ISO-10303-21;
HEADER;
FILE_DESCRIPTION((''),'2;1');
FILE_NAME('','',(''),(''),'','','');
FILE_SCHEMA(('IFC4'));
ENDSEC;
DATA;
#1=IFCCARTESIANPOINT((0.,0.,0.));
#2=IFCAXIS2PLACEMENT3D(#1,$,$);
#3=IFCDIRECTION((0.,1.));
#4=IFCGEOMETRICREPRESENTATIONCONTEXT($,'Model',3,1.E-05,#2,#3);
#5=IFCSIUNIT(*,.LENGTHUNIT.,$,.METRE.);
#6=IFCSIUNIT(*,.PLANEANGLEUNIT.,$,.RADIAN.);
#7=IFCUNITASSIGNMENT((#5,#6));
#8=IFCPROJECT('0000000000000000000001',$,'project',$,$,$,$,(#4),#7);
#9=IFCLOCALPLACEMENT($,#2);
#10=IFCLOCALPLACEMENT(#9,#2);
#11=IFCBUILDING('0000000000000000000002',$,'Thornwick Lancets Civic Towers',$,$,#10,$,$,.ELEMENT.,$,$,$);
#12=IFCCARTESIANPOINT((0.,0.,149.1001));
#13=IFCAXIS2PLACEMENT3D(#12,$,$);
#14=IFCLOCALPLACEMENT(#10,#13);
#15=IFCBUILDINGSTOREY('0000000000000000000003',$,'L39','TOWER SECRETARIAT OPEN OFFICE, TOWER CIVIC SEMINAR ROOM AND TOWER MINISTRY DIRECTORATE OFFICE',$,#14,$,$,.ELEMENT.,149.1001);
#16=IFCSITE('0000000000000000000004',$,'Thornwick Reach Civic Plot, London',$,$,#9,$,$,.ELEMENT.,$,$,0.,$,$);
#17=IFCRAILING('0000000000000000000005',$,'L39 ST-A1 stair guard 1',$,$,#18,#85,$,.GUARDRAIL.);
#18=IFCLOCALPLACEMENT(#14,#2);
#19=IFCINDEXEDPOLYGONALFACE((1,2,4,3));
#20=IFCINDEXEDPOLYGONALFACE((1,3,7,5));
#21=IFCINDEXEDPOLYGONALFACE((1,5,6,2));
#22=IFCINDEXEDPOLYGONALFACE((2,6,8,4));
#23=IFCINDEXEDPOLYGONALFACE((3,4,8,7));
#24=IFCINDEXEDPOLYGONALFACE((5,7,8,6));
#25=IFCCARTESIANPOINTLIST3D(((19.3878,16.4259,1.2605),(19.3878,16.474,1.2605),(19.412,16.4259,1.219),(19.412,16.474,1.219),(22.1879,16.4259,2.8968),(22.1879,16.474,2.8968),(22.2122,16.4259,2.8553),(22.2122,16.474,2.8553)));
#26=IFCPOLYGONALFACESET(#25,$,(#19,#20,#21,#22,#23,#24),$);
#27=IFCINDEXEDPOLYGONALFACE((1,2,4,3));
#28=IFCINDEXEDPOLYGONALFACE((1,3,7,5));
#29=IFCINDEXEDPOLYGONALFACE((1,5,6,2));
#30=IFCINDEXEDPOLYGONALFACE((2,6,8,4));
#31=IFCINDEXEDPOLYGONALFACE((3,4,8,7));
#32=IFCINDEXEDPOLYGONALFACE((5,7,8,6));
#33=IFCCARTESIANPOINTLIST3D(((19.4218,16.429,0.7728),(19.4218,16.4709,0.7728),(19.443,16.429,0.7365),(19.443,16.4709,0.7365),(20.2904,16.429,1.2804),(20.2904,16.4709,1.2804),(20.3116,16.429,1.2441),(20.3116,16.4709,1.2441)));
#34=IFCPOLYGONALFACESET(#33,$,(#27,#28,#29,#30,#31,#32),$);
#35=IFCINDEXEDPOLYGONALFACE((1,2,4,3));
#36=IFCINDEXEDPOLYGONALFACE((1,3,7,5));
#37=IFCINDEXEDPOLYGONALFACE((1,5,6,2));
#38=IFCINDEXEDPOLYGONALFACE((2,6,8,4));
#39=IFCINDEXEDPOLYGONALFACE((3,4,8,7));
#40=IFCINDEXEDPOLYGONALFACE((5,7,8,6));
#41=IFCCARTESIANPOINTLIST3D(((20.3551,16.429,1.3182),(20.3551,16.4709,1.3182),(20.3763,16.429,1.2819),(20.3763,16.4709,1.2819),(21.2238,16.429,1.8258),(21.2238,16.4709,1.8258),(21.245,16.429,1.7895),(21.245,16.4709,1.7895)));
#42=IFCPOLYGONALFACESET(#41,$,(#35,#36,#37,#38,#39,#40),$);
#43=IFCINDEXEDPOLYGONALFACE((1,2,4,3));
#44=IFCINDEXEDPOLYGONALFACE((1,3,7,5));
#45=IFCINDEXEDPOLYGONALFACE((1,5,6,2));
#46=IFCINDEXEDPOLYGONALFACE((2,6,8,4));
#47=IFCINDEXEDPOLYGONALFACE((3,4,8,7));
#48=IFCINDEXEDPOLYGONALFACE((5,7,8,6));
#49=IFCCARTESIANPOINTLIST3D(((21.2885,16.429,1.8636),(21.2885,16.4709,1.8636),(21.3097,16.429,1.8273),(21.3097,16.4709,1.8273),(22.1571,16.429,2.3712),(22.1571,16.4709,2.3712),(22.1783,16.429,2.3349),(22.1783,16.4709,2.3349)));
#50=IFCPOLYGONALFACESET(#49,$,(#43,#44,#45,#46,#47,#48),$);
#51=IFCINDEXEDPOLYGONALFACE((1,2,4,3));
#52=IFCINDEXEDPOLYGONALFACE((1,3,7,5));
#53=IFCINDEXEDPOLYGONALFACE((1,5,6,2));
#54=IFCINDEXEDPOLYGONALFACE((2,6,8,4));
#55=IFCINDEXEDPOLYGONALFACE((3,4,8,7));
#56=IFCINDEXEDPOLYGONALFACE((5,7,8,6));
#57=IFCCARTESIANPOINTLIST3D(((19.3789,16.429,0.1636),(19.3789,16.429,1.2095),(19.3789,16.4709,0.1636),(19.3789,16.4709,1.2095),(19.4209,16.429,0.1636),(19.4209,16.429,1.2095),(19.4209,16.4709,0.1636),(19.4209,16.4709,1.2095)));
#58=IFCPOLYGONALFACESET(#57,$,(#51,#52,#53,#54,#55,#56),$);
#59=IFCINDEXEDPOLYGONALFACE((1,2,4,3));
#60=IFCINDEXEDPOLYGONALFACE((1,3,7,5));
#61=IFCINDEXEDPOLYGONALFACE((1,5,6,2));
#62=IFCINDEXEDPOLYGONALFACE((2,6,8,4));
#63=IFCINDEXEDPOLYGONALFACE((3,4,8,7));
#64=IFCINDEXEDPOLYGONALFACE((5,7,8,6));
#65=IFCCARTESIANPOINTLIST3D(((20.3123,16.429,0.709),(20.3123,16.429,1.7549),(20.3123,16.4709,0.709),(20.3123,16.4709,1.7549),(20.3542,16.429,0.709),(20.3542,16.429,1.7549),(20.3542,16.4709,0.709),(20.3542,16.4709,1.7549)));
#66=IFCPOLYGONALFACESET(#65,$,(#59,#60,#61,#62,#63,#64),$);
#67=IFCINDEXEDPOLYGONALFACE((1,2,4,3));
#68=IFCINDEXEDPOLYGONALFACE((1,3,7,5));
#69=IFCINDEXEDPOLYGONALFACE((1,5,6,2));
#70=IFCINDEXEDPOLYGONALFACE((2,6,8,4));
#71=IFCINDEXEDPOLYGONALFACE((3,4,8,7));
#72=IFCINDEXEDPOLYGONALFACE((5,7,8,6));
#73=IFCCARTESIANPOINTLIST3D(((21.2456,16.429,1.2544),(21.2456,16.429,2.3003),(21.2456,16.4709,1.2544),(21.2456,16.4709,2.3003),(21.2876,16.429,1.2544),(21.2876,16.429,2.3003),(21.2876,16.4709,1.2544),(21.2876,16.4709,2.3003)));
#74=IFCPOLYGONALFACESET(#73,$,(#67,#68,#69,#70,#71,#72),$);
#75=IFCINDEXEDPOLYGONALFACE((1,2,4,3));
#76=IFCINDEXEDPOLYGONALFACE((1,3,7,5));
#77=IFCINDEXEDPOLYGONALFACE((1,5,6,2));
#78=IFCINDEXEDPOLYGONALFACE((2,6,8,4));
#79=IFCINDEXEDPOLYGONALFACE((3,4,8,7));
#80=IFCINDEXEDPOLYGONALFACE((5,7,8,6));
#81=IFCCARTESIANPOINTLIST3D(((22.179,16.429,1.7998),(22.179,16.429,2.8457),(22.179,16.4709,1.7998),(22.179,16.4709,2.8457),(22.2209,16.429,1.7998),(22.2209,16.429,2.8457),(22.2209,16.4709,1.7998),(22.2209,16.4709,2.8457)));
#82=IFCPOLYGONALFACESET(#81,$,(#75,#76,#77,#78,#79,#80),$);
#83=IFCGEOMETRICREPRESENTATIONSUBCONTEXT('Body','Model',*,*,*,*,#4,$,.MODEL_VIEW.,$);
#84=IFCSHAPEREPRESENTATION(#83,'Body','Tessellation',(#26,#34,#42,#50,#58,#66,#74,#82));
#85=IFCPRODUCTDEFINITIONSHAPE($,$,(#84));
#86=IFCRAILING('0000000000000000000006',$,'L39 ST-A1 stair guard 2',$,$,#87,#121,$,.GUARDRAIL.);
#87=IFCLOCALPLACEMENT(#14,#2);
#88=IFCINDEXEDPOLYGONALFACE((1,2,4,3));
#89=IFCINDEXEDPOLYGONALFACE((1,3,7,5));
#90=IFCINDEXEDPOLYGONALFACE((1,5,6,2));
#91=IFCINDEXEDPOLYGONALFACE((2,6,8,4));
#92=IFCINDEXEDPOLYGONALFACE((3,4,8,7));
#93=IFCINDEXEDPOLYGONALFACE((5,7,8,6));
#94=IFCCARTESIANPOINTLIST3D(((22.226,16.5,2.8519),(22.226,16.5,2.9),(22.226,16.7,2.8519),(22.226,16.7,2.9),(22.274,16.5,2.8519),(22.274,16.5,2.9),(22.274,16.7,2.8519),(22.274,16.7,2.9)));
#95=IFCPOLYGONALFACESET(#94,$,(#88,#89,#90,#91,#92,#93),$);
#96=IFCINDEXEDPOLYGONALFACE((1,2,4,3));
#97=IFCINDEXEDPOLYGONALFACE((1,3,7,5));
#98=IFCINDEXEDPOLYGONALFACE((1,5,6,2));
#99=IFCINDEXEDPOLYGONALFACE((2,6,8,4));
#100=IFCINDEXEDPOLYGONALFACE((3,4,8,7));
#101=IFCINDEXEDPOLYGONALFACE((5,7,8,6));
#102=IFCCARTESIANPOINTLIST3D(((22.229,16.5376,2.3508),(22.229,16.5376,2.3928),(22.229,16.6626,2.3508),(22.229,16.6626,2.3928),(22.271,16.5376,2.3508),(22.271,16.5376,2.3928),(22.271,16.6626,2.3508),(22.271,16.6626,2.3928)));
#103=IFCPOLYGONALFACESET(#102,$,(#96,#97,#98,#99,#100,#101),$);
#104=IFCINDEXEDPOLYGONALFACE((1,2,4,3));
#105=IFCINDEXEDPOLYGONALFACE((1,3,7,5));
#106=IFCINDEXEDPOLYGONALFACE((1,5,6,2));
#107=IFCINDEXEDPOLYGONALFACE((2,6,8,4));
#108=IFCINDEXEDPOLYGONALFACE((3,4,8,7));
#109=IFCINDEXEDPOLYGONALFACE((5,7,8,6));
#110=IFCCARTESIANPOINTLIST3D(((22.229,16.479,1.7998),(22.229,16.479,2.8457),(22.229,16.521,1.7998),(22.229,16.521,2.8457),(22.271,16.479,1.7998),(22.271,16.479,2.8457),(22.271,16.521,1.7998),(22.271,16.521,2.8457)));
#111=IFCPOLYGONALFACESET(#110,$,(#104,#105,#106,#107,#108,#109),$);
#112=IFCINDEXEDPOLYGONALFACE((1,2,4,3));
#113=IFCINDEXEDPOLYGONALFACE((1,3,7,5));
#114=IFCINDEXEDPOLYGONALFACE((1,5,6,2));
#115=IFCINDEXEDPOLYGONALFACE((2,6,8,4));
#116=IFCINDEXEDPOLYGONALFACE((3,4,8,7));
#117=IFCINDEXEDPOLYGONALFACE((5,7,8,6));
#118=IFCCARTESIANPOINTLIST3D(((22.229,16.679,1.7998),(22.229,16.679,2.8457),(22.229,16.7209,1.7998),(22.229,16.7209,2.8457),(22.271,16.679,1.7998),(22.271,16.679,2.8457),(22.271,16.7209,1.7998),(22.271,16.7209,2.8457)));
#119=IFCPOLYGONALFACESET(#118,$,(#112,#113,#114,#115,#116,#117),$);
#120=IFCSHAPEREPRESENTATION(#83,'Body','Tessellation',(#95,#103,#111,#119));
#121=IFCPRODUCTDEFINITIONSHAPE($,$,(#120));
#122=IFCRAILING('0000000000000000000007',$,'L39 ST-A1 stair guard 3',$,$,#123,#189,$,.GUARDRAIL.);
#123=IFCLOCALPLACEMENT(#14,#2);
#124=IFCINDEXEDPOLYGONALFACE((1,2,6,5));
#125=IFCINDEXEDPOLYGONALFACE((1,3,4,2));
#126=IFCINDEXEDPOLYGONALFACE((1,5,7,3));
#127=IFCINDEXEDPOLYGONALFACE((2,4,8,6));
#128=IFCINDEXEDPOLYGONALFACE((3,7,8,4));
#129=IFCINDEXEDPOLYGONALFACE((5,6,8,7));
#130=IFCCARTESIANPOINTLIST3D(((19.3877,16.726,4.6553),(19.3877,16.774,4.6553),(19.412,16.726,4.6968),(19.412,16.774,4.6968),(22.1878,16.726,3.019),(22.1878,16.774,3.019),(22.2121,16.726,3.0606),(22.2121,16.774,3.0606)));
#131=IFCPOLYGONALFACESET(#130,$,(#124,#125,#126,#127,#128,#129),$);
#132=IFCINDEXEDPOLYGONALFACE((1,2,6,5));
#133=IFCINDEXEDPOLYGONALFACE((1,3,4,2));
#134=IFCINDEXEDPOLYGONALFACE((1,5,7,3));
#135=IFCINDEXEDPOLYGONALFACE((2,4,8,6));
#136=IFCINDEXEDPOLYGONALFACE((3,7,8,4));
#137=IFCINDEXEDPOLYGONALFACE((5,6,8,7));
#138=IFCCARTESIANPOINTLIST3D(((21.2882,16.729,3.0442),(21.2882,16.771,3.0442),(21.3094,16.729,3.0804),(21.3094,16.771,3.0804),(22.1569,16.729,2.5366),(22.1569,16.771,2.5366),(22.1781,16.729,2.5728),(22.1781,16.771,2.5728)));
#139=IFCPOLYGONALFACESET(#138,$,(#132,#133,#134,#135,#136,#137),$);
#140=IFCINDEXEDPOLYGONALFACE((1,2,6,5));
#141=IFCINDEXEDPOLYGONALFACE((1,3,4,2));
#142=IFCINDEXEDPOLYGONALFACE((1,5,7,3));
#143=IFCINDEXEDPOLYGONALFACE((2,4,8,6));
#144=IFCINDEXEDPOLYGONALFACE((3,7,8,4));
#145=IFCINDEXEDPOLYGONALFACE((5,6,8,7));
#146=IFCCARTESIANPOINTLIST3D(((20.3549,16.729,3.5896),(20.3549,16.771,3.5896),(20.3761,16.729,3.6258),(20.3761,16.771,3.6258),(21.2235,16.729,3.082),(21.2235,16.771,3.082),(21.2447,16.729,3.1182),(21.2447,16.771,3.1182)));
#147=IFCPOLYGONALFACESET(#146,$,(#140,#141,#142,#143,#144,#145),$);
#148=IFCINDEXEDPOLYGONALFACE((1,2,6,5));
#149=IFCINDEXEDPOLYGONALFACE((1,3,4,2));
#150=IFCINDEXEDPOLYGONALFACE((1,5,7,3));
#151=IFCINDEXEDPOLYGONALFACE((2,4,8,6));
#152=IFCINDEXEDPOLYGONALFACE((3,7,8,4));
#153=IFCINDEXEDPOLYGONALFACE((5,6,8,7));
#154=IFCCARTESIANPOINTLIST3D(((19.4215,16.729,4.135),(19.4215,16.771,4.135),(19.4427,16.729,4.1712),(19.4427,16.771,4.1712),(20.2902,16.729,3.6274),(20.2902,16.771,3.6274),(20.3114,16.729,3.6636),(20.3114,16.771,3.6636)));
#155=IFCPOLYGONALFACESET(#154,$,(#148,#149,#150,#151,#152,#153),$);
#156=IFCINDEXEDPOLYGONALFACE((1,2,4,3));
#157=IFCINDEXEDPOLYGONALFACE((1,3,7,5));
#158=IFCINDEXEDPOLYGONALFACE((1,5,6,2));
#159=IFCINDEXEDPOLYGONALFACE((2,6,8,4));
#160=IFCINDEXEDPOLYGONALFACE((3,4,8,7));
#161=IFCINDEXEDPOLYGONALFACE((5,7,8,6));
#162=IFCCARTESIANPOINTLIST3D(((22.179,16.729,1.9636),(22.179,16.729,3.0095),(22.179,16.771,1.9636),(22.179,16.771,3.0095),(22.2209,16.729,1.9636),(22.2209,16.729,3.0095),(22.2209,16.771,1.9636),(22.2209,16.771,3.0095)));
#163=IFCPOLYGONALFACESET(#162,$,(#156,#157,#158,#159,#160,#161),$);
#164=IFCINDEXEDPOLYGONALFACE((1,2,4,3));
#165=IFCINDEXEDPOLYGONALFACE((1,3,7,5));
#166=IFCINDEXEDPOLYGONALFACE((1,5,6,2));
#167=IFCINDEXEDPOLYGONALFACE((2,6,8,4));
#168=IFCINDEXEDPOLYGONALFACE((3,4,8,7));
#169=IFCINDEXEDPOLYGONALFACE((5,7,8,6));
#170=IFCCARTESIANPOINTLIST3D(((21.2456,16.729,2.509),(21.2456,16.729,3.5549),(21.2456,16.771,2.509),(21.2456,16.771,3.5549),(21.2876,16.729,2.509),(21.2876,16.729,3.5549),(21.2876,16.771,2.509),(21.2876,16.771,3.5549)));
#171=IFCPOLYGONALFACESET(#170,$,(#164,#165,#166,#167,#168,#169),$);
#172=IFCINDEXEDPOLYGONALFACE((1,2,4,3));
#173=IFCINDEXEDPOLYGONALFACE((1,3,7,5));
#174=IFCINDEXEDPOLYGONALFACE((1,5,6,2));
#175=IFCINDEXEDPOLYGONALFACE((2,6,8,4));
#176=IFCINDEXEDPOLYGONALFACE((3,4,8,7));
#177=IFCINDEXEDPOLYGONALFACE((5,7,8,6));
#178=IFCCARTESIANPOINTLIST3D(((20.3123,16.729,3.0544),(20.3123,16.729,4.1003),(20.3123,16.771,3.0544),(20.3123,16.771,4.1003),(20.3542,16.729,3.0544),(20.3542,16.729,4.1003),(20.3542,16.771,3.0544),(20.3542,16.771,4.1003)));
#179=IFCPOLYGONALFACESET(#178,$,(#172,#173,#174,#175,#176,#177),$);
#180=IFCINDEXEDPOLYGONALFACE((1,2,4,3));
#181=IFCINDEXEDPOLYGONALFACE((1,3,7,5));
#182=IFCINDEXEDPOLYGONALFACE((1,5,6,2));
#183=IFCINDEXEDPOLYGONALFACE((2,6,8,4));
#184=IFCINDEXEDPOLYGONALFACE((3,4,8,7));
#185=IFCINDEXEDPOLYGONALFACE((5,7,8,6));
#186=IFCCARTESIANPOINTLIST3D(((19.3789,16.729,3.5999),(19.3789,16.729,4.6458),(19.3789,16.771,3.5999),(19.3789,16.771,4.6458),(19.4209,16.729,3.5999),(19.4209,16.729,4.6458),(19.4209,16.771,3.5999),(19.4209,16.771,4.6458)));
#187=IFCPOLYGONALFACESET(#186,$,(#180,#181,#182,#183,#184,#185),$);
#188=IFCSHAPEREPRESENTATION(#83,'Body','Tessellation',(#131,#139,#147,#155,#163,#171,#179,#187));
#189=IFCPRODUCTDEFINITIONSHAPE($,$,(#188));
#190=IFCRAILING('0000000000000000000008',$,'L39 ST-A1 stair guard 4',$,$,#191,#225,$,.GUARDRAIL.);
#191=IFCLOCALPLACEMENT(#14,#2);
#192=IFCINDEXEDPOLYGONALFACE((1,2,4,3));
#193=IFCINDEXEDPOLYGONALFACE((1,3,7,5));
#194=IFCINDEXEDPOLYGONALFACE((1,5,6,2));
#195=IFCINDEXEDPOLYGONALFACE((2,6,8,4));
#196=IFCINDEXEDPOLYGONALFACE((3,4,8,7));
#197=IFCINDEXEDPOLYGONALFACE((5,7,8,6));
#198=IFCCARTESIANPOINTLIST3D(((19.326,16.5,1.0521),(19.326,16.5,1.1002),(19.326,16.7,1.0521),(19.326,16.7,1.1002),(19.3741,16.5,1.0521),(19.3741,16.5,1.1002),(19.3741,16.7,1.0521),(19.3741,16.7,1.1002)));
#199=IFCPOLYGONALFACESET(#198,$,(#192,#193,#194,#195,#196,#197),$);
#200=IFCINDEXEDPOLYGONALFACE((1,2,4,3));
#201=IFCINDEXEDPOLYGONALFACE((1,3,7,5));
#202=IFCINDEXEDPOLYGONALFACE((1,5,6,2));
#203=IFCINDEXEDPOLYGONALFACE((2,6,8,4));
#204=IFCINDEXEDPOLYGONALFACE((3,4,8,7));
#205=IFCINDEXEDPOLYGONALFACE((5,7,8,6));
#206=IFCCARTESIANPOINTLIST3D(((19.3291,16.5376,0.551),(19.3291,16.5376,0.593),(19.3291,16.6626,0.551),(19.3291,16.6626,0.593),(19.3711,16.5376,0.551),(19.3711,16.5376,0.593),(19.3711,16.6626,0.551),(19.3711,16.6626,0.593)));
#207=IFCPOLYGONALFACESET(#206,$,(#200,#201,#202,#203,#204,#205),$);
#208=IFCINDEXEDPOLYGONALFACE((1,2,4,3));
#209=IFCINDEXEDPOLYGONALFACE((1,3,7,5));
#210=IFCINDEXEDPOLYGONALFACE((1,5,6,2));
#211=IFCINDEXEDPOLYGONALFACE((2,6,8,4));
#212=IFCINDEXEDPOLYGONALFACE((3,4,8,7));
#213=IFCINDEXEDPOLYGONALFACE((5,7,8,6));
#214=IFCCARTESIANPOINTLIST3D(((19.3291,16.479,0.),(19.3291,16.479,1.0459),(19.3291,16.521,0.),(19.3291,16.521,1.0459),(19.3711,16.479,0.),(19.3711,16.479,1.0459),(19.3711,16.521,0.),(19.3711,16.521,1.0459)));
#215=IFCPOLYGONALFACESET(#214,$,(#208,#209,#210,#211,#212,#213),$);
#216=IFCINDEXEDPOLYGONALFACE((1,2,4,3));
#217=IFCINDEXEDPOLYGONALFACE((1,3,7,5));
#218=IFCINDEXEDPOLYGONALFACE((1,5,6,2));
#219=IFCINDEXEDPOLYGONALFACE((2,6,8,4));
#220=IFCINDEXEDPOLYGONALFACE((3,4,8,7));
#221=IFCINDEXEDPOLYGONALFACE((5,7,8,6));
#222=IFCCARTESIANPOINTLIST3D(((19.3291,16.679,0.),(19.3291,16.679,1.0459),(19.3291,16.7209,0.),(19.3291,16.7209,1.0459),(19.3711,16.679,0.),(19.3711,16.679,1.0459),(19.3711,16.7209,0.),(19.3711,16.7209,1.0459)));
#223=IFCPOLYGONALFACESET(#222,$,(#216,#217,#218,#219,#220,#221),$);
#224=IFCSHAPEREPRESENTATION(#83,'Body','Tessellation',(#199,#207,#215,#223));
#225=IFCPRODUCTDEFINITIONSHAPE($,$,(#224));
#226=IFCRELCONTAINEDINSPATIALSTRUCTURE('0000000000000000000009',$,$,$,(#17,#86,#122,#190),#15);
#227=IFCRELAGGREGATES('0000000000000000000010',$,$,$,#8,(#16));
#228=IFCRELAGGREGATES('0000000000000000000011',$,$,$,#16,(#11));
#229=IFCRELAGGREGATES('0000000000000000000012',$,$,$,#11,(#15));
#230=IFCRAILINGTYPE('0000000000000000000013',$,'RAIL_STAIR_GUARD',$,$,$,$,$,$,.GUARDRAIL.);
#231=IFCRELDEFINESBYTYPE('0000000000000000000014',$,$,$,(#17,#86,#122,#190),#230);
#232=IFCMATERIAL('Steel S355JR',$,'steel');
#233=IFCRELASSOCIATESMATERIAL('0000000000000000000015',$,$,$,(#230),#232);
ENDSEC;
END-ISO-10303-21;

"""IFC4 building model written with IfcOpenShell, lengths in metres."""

from ifc_helpers import new_model, si_unit, direction, frame, origin, origin_2d, place, context, subcontext, project, spatial, rectangle, extrude, material, type_object, element, save


model = new_model("IFC4")

# Units and contexts
model_context = context("Model", 3, precision=1e-05, world=origin(), true_north=direction((0.0, 1.0)))
body_context = subcontext(model_context, "Body", "Model", "MODEL_VIEW")
ifc_project = project(units=[si_unit("LENGTHUNIT", "METRE"), si_unit("PLANEANGLEUNIT", "RADIAN")], contexts=[model_context])

# Site, building, storey
site_placement = place(None, origin())
site = spatial("IfcSite", under=ifc_project, at=site_placement, Name="Thornwick Reach Civic Plot, London", CompositionType="ELEMENT", RefElevation=0.0)
building_placement = place(site_placement, origin())
building = spatial("IfcBuilding", under=site, at=building_placement, Name="Thornwick Lancets Civic Towers", CompositionType="ELEMENT")
storey_placement = place(building_placement, frame((0.0, 0.0, 149.1001)))
storey = spatial("IfcBuildingStorey", under=building, at=storey_placement, Name="L39", Description="TOWER SECRETARIAT OPEN OFFICE, TOWER CIVIC SEMINAR ROOM AND TOWER MINISTRY DIRECTORATE OFFICE", CompositionType="ELEMENT", Elevation=149.1001)

# Shared definitions
ifc_material_1 = material(Name="Steel S355JR", Category="steel")

# Railings
railing_type_1 = type_object("IfcRailingType", Name="RAIL_STAIR_GUARD", PredefinedType="GUARDRAIL", material=ifc_material_1)
railing_1_placement = place(storey_placement, frame((19.3999, 16.45, 0.1636)))
element("IfcRailing", 1, at=railing_1_placement, inside=storey, type_object=railing_type_1, Name="L39 ST-A1 stair guard 1", PredefinedType="GUARDRAIL", context=body_context, shape_type="SweptSolid", body=[
    extrude(rectangle(XDim=0.0481, YDim=0.0481, at=origin_2d()), frame((0.0, 0.0, 1.0762), z_axis=(0.863394, 0.0, 0.504531), x_axis=(0.0, 1.0, 0.0)), (0.0, 0.0, 1.0), 3.2432),
    extrude(rectangle(XDim=0.042, YDim=0.042, at=origin_2d()), frame((0.0325, 0.0, 0.5911), z_axis=(0.863394, 0.0, 0.504531), x_axis=(0.0, 1.0, 0.0)), (0.0, 0.0, 1.0), 1.0061),
    extrude(rectangle(XDim=0.042, YDim=0.042, at=origin_2d()), frame((0.9658, 0.0, 1.1365), z_axis=(0.863394, 0.0, 0.504531), x_axis=(0.0, 1.0, 0.0)), (0.0, 0.0, 1.0), 1.0061),
    extrude(rectangle(XDim=0.042, YDim=0.042, at=origin_2d()), frame((1.8992, 0.0, 1.6819), z_axis=(0.863394, 0.0, 0.504531), x_axis=(0.0, 1.0, 0.0)), (0.0, 0.0, 1.0), 1.0061),
    extrude(rectangle(XDim=0.042, YDim=0.042, at=origin_2d()), origin(), (0.0, 0.0, 1.0), 1.0459),
    extrude(rectangle(XDim=0.042, YDim=0.042, at=origin_2d()), frame((0.9333, 0.0, 0.5454)), (0.0, 0.0, 1.0), 1.0459),
    extrude(rectangle(XDim=0.042, YDim=0.042, at=origin_2d()), frame((1.8667, 0.0, 1.0908)), (0.0, 0.0, 1.0), 1.0459),
    extrude(rectangle(XDim=0.042, YDim=0.042, at=origin_2d()), frame((2.8, 0.0, 1.6362)), (0.0, 0.0, 1.0), 1.0459),
])
railing_2_placement = place(storey_placement, frame((22.25, 16.5, 1.7998)))
element("IfcRailing", 2, at=railing_2_placement, inside=storey, type_object=railing_type_1, Name="L39 ST-A1 stair guard 2", PredefinedType="GUARDRAIL", context=body_context, shape_type="SweptSolid", body=[
    extrude(rectangle(XDim=0.0481, YDim=0.0481, at=origin_2d()), frame((0.0, 0.0, 1.0762), z_axis=(0.0, 1.0, 0.0), x_axis=(-1.0, 0.0, 0.0)), (0.0, 0.0, 1.0), 0.2),
    extrude(rectangle(XDim=0.042, YDim=0.042, at=origin_2d()), frame((0.0, 0.0376, 0.572), z_axis=(0.0, 1.0, 0.0), x_axis=(-1.0, 0.0, 0.0)), (0.0, 0.0, 1.0), 0.125),
    extrude(rectangle(XDim=0.042, YDim=0.042, at=origin_2d()), origin(), (0.0, 0.0, 1.0), 1.0459),
    extrude(rectangle(XDim=0.042, YDim=0.042, at=origin_2d()), frame((0.0, 0.2, 0.0)), (0.0, 0.0, 1.0), 1.0459),
])
railing_3_placement = place(storey_placement, frame((22.2, 16.75, 1.9636)))
element("IfcRailing", 3, at=railing_3_placement, inside=storey, type_object=railing_type_1, Name="L39 ST-A1 stair guard 3", PredefinedType="GUARDRAIL", context=body_context, shape_type="SweptSolid", body=[
    extrude(rectangle(XDim=0.0481, YDim=0.0481, at=origin_2d()), frame((0.0, 0.0, 1.0762), z_axis=(-0.863394, 0.0, 0.504531), x_axis=(0.0, -1.0, 0.0)), (0.0, 0.0, 1.0), 3.2432),
    extrude(rectangle(XDim=0.042, YDim=0.042, at=origin_2d()), frame((-0.0325, 0.0, 0.5911), z_axis=(-0.863394, 0.0, 0.504531), x_axis=(0.0, -1.0, 0.0)), (0.0, 0.0, 1.0), 1.0061),
    extrude(rectangle(XDim=0.042, YDim=0.042, at=origin_2d()), frame((-0.9658, 0.0, 1.1365), z_axis=(-0.863394, 0.0, 0.504531), x_axis=(0.0, -1.0, 0.0)), (0.0, 0.0, 1.0), 1.0061),
    extrude(rectangle(XDim=0.042, YDim=0.042, at=origin_2d()), frame((-1.8992, 0.0, 1.6819), z_axis=(-0.863394, 0.0, 0.504531), x_axis=(0.0, -1.0, 0.0)), (0.0, 0.0, 1.0), 1.0061),
    extrude(rectangle(XDim=0.042, YDim=0.042, at=origin_2d()), origin(), (0.0, 0.0, 1.0), 1.0459),
    extrude(rectangle(XDim=0.042, YDim=0.042, at=origin_2d()), frame((-0.9333, 0.0, 0.5454)), (0.0, 0.0, 1.0), 1.0459),
    extrude(rectangle(XDim=0.042, YDim=0.042, at=origin_2d()), frame((-1.8667, 0.0, 1.0908)), (0.0, 0.0, 1.0), 1.0459),
    extrude(rectangle(XDim=0.042, YDim=0.042, at=origin_2d()), frame((-2.8, 0.0, 1.6362)), (0.0, 0.0, 1.0), 1.0459),
])
railing_4_placement = place(storey_placement, frame((19.3501, 16.5, 0.0)))
element("IfcRailing", 4, at=railing_4_placement, inside=storey, type_object=railing_type_1, Name="L39 ST-A1 stair guard 4", PredefinedType="GUARDRAIL", context=body_context, shape_type="SweptSolid", body=[
    extrude(rectangle(XDim=0.0481, YDim=0.0481, at=origin_2d()), frame((0.0, 0.0, 1.0762), z_axis=(0.0, 1.0, 0.0), x_axis=(-1.0, 0.0, 0.0)), (0.0, 0.0, 1.0), 0.2),
    extrude(rectangle(XDim=0.042, YDim=0.042, at=origin_2d()), frame((0.0, 0.0376, 0.572), z_axis=(0.0, 1.0, 0.0), x_axis=(-1.0, 0.0, 0.0)), (0.0, 0.0, 1.0), 0.125),
    extrude(rectangle(XDim=0.042, YDim=0.042, at=origin_2d()), origin(), (0.0, 0.0, 1.0), 1.0459),
    extrude(rectangle(XDim=0.042, YDim=0.042, at=origin_2d()), frame((0.0, 0.2, 0.0)), (0.0, 0.0, 1.0), 1.0459),
])

save(model, "model.ifc")
